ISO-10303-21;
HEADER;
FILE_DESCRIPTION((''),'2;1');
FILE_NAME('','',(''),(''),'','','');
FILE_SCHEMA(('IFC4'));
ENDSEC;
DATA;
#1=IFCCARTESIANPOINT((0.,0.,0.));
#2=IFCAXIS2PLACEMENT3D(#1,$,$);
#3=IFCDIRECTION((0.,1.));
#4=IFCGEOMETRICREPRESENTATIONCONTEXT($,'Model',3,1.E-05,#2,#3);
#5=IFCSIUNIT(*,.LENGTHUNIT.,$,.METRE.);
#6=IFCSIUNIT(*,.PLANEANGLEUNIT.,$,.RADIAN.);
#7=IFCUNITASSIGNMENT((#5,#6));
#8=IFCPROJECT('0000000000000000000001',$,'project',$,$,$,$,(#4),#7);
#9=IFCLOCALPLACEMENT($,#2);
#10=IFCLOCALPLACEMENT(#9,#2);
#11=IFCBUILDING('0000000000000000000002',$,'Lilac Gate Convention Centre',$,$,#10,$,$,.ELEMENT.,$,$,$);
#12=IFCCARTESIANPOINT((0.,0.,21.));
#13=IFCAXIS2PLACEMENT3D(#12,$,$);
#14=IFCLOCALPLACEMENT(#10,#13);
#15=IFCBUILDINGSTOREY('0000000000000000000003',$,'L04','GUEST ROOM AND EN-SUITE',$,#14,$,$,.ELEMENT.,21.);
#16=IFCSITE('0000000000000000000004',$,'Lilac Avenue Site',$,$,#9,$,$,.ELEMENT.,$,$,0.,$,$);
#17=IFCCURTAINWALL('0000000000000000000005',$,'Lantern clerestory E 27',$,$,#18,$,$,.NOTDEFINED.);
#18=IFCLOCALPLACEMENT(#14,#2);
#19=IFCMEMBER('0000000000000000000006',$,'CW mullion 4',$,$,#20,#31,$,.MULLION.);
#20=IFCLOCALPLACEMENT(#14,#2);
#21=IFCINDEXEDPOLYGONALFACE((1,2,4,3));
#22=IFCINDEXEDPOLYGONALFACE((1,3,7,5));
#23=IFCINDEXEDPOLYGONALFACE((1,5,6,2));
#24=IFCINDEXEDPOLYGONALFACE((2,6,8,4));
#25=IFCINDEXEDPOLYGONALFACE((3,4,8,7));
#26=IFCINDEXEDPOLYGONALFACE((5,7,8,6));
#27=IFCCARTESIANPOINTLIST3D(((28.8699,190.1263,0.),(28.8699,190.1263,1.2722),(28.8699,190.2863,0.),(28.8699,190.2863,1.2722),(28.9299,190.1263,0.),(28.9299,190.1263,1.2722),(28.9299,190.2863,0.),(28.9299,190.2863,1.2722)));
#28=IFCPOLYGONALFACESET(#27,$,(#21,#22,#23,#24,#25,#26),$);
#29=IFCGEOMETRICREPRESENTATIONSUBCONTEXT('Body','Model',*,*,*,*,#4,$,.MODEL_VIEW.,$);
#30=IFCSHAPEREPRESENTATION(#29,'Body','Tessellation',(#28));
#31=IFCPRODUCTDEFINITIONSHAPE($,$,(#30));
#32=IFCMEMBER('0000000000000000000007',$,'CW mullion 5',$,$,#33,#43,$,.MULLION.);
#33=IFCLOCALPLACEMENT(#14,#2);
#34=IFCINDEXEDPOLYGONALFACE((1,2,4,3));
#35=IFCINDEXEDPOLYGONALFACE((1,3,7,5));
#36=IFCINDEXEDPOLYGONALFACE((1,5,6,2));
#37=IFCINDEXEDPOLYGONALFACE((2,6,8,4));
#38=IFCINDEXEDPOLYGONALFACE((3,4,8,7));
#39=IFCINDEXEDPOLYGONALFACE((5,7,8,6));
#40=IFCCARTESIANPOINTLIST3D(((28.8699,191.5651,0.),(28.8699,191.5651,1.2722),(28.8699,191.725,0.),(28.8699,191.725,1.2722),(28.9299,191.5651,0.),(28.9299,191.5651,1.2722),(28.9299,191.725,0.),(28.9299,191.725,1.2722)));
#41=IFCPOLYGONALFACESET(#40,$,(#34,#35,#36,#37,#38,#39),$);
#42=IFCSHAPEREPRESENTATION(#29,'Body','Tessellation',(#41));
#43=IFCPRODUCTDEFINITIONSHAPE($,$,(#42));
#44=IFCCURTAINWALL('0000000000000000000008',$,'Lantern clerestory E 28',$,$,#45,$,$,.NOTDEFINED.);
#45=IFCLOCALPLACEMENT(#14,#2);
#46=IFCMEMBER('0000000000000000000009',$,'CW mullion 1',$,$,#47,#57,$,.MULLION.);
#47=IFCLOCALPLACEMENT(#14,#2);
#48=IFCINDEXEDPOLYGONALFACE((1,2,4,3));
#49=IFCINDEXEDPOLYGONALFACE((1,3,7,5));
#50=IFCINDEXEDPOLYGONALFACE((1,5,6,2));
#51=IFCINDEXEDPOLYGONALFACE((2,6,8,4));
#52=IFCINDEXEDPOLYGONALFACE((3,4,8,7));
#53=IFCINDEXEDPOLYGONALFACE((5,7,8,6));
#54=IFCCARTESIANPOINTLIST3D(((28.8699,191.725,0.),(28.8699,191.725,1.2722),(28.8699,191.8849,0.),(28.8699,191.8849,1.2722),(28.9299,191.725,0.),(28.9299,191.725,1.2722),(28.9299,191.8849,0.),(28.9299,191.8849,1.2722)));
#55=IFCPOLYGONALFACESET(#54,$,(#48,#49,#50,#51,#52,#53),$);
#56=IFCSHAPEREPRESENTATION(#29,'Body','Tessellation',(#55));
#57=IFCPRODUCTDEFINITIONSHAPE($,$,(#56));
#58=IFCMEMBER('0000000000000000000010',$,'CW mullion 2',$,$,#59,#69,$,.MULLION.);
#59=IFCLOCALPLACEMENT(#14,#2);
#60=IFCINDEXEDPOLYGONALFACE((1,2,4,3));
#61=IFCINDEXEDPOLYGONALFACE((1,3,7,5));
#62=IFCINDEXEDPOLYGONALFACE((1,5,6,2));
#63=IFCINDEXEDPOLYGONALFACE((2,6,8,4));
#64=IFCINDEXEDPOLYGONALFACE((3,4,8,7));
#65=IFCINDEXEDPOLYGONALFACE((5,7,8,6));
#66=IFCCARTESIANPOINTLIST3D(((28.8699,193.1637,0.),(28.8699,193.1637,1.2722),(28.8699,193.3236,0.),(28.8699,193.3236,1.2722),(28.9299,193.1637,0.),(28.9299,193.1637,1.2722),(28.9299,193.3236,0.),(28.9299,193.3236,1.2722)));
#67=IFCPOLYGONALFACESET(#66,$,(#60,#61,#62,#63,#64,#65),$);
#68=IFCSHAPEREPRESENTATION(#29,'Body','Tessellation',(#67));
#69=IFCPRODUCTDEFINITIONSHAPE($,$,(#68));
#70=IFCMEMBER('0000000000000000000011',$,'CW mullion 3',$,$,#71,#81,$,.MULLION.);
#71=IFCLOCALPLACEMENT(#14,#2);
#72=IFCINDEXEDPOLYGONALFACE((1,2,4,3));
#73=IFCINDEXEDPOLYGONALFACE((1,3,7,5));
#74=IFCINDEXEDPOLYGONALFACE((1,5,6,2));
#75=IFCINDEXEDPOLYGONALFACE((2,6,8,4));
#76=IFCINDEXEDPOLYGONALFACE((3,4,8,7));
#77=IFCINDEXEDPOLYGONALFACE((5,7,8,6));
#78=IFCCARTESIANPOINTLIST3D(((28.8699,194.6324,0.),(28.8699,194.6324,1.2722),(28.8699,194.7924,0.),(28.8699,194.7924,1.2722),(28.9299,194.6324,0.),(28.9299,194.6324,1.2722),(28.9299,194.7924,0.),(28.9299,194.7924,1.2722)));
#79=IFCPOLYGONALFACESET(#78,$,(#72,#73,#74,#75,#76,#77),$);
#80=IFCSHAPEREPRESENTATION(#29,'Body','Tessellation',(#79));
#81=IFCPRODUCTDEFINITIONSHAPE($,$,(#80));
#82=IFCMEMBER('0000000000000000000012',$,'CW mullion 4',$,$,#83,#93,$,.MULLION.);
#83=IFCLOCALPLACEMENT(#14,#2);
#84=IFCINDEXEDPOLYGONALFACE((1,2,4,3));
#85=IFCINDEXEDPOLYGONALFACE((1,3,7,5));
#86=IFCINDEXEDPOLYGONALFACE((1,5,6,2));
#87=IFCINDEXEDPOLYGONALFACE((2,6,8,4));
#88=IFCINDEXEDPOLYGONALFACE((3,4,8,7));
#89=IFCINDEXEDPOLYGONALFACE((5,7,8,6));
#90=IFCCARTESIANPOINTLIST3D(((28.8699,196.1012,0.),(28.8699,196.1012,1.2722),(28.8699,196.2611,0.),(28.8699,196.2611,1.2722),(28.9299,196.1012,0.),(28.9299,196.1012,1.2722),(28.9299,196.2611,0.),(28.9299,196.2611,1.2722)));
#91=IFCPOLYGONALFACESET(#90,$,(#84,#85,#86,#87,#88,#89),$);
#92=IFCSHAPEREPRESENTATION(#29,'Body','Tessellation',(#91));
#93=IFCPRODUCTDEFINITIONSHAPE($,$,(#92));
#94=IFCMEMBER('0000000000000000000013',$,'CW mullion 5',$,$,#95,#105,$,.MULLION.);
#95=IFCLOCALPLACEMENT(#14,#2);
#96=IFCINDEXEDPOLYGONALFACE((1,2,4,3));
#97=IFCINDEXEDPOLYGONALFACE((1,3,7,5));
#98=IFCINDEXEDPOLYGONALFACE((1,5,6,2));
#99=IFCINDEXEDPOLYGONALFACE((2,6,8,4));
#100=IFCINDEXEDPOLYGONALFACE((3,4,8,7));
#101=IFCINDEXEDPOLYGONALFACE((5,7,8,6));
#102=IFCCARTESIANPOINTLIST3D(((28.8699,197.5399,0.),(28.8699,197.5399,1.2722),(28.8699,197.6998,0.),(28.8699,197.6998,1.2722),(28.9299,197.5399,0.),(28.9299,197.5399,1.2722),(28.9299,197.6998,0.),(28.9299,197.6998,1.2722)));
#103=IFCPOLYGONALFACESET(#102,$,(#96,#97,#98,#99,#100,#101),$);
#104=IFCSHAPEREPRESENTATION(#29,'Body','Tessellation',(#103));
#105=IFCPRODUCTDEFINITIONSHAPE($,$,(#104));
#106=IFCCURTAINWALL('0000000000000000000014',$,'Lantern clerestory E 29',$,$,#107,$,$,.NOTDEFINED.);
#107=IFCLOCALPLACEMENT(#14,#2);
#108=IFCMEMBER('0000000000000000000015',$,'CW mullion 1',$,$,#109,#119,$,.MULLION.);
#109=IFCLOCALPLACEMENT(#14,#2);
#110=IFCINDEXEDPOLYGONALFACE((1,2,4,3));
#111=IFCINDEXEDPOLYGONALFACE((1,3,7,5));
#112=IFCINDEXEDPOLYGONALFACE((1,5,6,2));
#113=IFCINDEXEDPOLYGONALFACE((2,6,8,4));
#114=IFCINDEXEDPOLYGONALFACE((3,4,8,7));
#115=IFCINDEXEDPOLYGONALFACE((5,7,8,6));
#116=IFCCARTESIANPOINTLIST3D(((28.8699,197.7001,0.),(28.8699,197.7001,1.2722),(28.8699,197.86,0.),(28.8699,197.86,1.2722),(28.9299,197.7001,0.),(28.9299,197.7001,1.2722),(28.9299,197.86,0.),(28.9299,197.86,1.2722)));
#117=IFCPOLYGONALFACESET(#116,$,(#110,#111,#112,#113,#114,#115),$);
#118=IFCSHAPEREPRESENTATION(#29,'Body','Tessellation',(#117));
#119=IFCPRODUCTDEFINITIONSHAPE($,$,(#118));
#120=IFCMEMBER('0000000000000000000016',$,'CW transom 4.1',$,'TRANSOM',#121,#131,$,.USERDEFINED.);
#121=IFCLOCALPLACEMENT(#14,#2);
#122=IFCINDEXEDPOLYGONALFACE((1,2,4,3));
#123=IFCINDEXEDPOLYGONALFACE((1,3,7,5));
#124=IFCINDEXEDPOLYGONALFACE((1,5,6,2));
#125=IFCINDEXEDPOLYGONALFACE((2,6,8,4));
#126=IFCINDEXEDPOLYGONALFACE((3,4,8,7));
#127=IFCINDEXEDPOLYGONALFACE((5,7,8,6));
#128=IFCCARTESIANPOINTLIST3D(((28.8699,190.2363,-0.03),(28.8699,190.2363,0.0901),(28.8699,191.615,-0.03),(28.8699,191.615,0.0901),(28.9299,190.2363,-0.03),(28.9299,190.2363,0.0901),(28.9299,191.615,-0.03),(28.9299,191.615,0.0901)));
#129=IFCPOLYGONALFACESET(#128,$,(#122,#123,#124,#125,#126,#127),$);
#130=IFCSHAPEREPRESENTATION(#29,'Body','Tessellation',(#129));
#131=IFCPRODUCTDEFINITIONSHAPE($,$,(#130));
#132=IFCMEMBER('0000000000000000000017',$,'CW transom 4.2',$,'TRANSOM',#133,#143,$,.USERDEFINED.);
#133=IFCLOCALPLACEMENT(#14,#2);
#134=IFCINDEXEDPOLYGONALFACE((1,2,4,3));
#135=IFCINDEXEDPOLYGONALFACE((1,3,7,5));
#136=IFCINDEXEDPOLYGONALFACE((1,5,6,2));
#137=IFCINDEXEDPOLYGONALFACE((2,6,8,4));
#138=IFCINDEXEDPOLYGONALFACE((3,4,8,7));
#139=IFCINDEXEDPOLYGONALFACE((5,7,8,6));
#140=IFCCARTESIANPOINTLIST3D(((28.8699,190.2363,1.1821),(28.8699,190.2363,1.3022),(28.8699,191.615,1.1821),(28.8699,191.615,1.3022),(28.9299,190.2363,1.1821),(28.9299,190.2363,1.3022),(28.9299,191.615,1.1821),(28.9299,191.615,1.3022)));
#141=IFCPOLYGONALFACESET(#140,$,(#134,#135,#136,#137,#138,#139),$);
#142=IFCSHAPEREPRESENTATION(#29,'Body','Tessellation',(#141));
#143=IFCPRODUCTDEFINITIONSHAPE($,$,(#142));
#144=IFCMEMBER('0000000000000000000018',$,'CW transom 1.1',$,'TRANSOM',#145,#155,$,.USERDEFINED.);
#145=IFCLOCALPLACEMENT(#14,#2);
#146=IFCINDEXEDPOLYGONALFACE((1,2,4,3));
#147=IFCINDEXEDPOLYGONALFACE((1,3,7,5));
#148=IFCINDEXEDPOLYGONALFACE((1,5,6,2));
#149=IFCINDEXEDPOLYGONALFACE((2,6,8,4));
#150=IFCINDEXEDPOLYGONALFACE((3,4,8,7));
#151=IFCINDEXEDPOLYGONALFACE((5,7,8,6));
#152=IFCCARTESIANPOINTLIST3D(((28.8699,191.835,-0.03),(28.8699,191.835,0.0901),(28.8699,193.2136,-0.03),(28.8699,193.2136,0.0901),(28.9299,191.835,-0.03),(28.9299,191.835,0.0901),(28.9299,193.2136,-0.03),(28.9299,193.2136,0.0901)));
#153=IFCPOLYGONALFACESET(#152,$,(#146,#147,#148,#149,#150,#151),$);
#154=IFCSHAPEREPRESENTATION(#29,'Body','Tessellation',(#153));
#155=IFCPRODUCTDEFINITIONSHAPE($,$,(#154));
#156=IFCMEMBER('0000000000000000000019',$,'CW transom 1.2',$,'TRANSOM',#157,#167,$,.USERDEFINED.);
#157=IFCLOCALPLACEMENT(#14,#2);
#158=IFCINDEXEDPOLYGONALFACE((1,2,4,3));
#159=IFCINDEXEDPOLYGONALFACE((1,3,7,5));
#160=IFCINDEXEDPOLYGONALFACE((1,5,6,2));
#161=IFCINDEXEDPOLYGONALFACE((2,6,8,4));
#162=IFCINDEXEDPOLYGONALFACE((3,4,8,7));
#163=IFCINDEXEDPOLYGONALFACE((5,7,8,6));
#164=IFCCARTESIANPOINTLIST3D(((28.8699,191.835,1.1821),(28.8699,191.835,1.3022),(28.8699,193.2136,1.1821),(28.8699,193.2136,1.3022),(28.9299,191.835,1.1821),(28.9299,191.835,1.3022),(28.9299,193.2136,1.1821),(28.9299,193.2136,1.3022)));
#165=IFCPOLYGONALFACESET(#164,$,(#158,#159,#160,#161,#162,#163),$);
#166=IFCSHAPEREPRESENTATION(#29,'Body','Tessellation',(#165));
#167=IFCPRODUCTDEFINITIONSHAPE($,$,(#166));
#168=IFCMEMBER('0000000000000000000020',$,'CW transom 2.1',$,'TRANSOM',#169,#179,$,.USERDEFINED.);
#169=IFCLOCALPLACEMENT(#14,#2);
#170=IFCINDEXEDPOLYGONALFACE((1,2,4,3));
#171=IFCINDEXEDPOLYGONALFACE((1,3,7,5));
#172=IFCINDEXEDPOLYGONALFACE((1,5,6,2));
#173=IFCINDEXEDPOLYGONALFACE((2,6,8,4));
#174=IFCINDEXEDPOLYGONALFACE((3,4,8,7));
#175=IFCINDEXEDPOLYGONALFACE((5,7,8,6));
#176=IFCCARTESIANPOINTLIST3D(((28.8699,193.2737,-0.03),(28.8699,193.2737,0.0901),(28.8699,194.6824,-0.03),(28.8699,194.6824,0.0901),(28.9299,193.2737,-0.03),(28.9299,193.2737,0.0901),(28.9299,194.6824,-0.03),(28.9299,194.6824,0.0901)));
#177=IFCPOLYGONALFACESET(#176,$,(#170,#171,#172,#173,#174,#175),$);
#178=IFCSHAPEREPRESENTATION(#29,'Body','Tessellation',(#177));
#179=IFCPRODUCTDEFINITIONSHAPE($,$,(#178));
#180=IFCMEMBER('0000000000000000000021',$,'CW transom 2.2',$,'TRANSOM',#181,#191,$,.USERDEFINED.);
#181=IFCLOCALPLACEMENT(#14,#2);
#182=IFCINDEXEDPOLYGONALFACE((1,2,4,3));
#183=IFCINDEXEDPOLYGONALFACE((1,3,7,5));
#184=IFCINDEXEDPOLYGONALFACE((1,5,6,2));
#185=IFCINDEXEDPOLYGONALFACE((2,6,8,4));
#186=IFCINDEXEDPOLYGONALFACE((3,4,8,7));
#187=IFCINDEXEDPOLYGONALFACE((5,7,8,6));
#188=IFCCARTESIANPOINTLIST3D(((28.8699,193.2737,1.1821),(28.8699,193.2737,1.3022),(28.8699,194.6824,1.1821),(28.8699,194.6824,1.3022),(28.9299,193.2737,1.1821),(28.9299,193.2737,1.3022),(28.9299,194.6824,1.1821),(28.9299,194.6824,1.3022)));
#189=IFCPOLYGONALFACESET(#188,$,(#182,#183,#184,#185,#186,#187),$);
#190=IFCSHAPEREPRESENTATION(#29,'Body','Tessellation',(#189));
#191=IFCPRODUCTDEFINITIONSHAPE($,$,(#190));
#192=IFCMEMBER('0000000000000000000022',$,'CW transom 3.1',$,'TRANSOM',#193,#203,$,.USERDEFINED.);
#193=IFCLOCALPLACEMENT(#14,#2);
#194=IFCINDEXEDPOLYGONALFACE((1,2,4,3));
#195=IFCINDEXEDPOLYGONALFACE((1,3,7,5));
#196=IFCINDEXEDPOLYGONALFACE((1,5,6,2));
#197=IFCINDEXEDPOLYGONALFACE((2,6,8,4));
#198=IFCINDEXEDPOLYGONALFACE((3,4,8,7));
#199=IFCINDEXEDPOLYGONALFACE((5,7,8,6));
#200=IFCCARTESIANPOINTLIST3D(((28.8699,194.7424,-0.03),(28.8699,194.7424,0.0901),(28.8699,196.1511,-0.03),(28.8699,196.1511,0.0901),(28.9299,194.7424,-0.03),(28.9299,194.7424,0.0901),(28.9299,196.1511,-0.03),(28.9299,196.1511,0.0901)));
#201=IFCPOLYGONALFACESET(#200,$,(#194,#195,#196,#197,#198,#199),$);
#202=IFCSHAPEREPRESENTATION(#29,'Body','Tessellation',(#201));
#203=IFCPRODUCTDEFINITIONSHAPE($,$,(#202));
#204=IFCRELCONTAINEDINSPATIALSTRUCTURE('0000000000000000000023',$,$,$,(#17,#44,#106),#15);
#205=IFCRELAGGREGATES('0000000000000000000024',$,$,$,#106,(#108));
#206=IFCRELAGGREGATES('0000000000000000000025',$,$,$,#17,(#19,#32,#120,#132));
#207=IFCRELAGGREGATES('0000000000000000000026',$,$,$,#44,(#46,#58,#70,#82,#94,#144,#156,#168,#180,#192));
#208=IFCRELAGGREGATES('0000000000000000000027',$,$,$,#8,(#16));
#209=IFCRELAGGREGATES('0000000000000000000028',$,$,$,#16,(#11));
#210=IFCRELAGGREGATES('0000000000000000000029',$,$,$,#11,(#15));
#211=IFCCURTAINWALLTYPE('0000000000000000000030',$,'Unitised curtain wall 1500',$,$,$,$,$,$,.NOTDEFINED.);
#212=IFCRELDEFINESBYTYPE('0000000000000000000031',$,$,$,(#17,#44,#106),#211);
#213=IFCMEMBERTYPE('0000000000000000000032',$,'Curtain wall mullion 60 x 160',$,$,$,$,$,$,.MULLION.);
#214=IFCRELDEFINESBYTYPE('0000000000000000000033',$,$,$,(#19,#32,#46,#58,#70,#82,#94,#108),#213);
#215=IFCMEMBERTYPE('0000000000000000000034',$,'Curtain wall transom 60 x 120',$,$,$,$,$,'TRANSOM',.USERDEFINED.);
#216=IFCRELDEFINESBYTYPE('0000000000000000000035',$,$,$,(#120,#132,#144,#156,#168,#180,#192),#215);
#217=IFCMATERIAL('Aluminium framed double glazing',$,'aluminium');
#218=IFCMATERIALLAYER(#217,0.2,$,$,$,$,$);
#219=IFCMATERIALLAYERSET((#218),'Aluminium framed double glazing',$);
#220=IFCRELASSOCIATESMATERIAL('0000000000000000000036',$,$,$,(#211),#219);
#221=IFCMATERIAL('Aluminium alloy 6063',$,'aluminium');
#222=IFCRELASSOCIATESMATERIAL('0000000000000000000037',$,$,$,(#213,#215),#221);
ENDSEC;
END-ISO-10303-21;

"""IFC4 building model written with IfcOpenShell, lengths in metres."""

from ifc_helpers import new_model, si_unit, direction, frame, origin, origin_2d, place, context, subcontext, project, spatial, rectangle, extrude, material, layer, layer_set, material_profile, profile_set, type_object, element, aggregate, save


model = new_model("IFC4")

# Units and contexts
model_context = context("Model", 3, precision=1e-05, world=origin(), true_north=direction((0.0, 1.0)))
body_context = subcontext(model_context, "Body", "Model", "MODEL_VIEW")
ifc_project = project(units=[si_unit("LENGTHUNIT", "METRE"), si_unit("PLANEANGLEUNIT", "RADIAN")], contexts=[model_context])

# Site, building, storey
site_placement = place(None, origin())
site = spatial("IfcSite", under=ifc_project, at=site_placement, Name="Lilac Avenue Site", CompositionType="ELEMENT", RefElevation=0.0)
building_placement = place(site_placement, origin())
building = spatial("IfcBuilding", under=site, at=building_placement, Name="Lilac Gate Convention Centre", CompositionType="ELEMENT")
storey_placement = place(building_placement, frame((0.0, 0.0, 21.0)))
storey = spatial("IfcBuildingStorey", under=building, at=storey_placement, Name="L04", Description="GUEST ROOM AND EN-SUITE", CompositionType="ELEMENT", Elevation=21.0)

# Curtain walls, members
ifc_material_1 = material(Name="Aluminium framed double glazing", Category="aluminium")
ifc_layer_1 = layer(ifc_material_1, 0.2)
ifc_layer_set_1 = layer_set([ifc_layer_1], Name="Aluminium framed double glazing")
curtain_wall_type = type_object("IfcCurtainWallType", Name="Unitised curtain wall 1500", PredefinedType="NOTDEFINED", material=ifc_layer_set_1)
curtain_wall_1_placement = place(storey_placement, origin())
curtain_wall_1 = element("IfcCurtainWall", 1, at=curtain_wall_1_placement, inside=storey, type_object=curtain_wall_type, Name="Lantern clerestory E 27", PredefinedType="NOTDEFINED")
ifc_material_2 = material(Name="Aluminium alloy 6063", Category="aluminium")
ifc_material_profile_1 = material_profile(ifc_material_2, rectangle(XDim=0.0601, YDim=0.1599, at=origin_2d()), Name="Curtain wall mullion 60 x 160")
ifc_profile_set_1 = profile_set([ifc_material_profile_1], Name="Aluminium alloy 6063")
member_type_1 = type_object("IfcMemberType", Name="Curtain wall mullion 60 x 160", PredefinedType="MULLION", material=ifc_profile_set_1)
member_1_placement = place(storey_placement, frame((28.8999, 190.2063, 0.0), z_axis=(0.0, 0.0, 1.0), x_axis=(-1.0, 0.0, 0.0)))
member_1 = element("IfcMember", 2, at=member_1_placement, type_object=member_type_1, Name="CW mullion 4", PredefinedType="MULLION", context=body_context, shape_type="SweptSolid", body=[
    extrude(rectangle(XDim=0.0601, YDim=0.1599, at=origin_2d()), origin(), (0.0, 0.0, 1.0), 1.2722),
])
member_2_placement = place(storey_placement, frame((28.8999, 191.645, 0.0), z_axis=(0.0, 0.0, 1.0), x_axis=(-1.0, 0.0, 0.0)))
member_2 = element("IfcMember", 3, at=member_2_placement, type_object=member_type_1, Name="CW mullion 5", PredefinedType="MULLION", context=body_context, shape_type="SweptSolid", body=[
    extrude(rectangle(XDim=0.0601, YDim=0.1599, at=origin_2d()), origin(), (0.0, 0.0, 1.0), 1.2722),
])
curtain_wall_2_placement = place(storey_placement, origin())
curtain_wall_2 = element("IfcCurtainWall", 4, at=curtain_wall_2_placement, inside=storey, type_object=curtain_wall_type, Name="Lantern clerestory E 28", PredefinedType="NOTDEFINED")
member_3_placement = place(storey_placement, frame((28.8999, 191.8049, 0.0), z_axis=(0.0, 0.0, 1.0), x_axis=(-1.0, 0.0, 0.0)))
member_3 = element("IfcMember", 5, at=member_3_placement, type_object=member_type_1, Name="CW mullion 1", PredefinedType="MULLION", context=body_context, shape_type="SweptSolid", body=[
    extrude(rectangle(XDim=0.0601, YDim=0.1599, at=origin_2d()), origin(), (0.0, 0.0, 1.0), 1.2722),
])
member_4_placement = place(storey_placement, frame((28.8999, 193.2437, 0.0), z_axis=(0.0, 0.0, 1.0), x_axis=(-1.0, 0.0, 0.0)))
member_4 = element("IfcMember", 6, at=member_4_placement, type_object=member_type_1, Name="CW mullion 2", PredefinedType="MULLION", context=body_context, shape_type="SweptSolid", body=[
    extrude(rectangle(XDim=0.0601, YDim=0.1599, at=origin_2d()), origin(), (0.0, 0.0, 1.0), 1.2722),
])
member_5_placement = place(storey_placement, frame((28.8999, 194.7124, 0.0), z_axis=(0.0, 0.0, 1.0), x_axis=(-1.0, 0.0, 0.0)))
member_5 = element("IfcMember", 7, at=member_5_placement, type_object=member_type_1, Name="CW mullion 3", PredefinedType="MULLION", context=body_context, shape_type="SweptSolid", body=[
    extrude(rectangle(XDim=0.0601, YDim=0.1599, at=origin_2d()), origin(), (0.0, 0.0, 1.0), 1.2722),
])
member_6_placement = place(storey_placement, frame((28.8999, 196.1812, 0.0), z_axis=(0.0, 0.0, 1.0), x_axis=(-1.0, 0.0, 0.0)))
member_6 = element("IfcMember", 8, at=member_6_placement, type_object=member_type_1, Name="CW mullion 4", PredefinedType="MULLION", context=body_context, shape_type="SweptSolid", body=[
    extrude(rectangle(XDim=0.0601, YDim=0.1599, at=origin_2d()), origin(), (0.0, 0.0, 1.0), 1.2722),
])
member_7_placement = place(storey_placement, frame((28.8999, 197.6199, 0.0), z_axis=(0.0, 0.0, 1.0), x_axis=(-1.0, 0.0, 0.0)))
member_7 = element("IfcMember", 9, at=member_7_placement, type_object=member_type_1, Name="CW mullion 5", PredefinedType="MULLION", context=body_context, shape_type="SweptSolid", body=[
    extrude(rectangle(XDim=0.0601, YDim=0.1599, at=origin_2d()), origin(), (0.0, 0.0, 1.0), 1.2722),
])

# Curtain wall, member
curtain_wall_3_placement = place(storey_placement, origin())
curtain_wall_3 = element("IfcCurtainWall", 10, at=curtain_wall_3_placement, inside=storey, type_object=curtain_wall_type, Name="Lantern clerestory E 29", PredefinedType="NOTDEFINED")
member_8_placement = place(storey_placement, frame((28.8999, 197.78, 0.0), z_axis=(0.0, 0.0, 1.0), x_axis=(-1.0, 0.0, 0.0)))
member_8 = element("IfcMember", 11, at=member_8_placement, type_object=member_type_1, Name="CW mullion 1", PredefinedType="MULLION", context=body_context, shape_type="SweptSolid", body=[
    extrude(rectangle(XDim=0.0601, YDim=0.1599, at=origin_2d()), origin(), (0.0, 0.0, 1.0), 1.2722),
])

# Members
ifc_material_profile_2 = material_profile(ifc_material_2, rectangle(XDim=0.0601, YDim=0.1201, at=origin_2d()), Name="Curtain wall transom 60 x 120")
ifc_profile_set_2 = profile_set([ifc_material_profile_2], Name="Aluminium alloy 6063")
member_type_2 = type_object("IfcMemberType", Name="Curtain wall transom 60 x 120", ElementType="TRANSOM", PredefinedType="USERDEFINED", material=ifc_profile_set_2)
member_9_placement = place(storey_placement, frame((28.8999, 190.2363, 0.03), z_axis=(0.0, 1.0, 0.0), x_axis=(-1.0, 0.0, 0.0)))
member_9 = element("IfcMember", 12, at=member_9_placement, type_object=member_type_2, Name="CW transom 4.1", ObjectType="TRANSOM", PredefinedType="USERDEFINED", context=body_context, shape_type="SweptSolid", body=[
    extrude(rectangle(XDim=0.0601, YDim=0.1201, at=origin_2d()), origin(), (0.0, 0.0, 1.0), 1.3787),
])
member_10_placement = place(storey_placement, frame((28.8999, 190.2363, 1.2422), z_axis=(0.0, 1.0, 0.0), x_axis=(-1.0, 0.0, 0.0)))
member_10 = element("IfcMember", 13, at=member_10_placement, type_object=member_type_2, Name="CW transom 4.2", ObjectType="TRANSOM", PredefinedType="USERDEFINED", context=body_context, shape_type="SweptSolid", body=[
    extrude(rectangle(XDim=0.0601, YDim=0.1201, at=origin_2d()), origin(), (0.0, 0.0, 1.0), 1.3787),
])
member_11_placement = place(storey_placement, frame((28.8999, 191.835, 0.03), z_axis=(0.0, 1.0, 0.0), x_axis=(-1.0, 0.0, 0.0)))
member_11 = element("IfcMember", 14, at=member_11_placement, type_object=member_type_2, Name="CW transom 1.1", ObjectType="TRANSOM", PredefinedType="USERDEFINED", context=body_context, shape_type="SweptSolid", body=[
    extrude(rectangle(XDim=0.0601, YDim=0.1201, at=origin_2d()), origin(), (0.0, 0.0, 1.0), 1.3787),
])
member_12_placement = place(storey_placement, frame((28.8999, 191.835, 1.2422), z_axis=(0.0, 1.0, 0.0), x_axis=(-1.0, 0.0, 0.0)))
member_12 = element("IfcMember", 15, at=member_12_placement, type_object=member_type_2, Name="CW transom 1.2", ObjectType="TRANSOM", PredefinedType="USERDEFINED", context=body_context, shape_type="SweptSolid", body=[
    extrude(rectangle(XDim=0.0601, YDim=0.1201, at=origin_2d()), origin(), (0.0, 0.0, 1.0), 1.3787),
])
member_13_placement = place(storey_placement, frame((28.8999, 193.2737, 0.03), z_axis=(0.0, 1.0, 0.0), x_axis=(-1.0, 0.0, 0.0)))
member_13 = element("IfcMember", 16, at=member_13_placement, type_object=member_type_2, Name="CW transom 2.1", ObjectType="TRANSOM", PredefinedType="USERDEFINED", context=body_context, shape_type="SweptSolid", body=[
    extrude(rectangle(XDim=0.0601, YDim=0.1201, at=origin_2d()), origin(), (0.0, 0.0, 1.0), 1.4087),
])
member_14_placement = place(storey_placement, frame((28.8999, 193.2737, 1.2422), z_axis=(0.0, 1.0, 0.0), x_axis=(-1.0, 0.0, 0.0)))
member_14 = element("IfcMember", 17, at=member_14_placement, type_object=member_type_2, Name="CW transom 2.2", ObjectType="TRANSOM", PredefinedType="USERDEFINED", context=body_context, shape_type="SweptSolid", body=[
    extrude(rectangle(XDim=0.0601, YDim=0.1201, at=origin_2d()), origin(), (0.0, 0.0, 1.0), 1.4087),
])
member_15_placement = place(storey_placement, frame((28.8999, 194.7424, 0.03), z_axis=(0.0, 1.0, 0.0), x_axis=(-1.0, 0.0, 0.0)))
member_15 = element("IfcMember", 18, at=member_15_placement, type_object=member_type_2, Name="CW transom 3.1", ObjectType="TRANSOM", PredefinedType="USERDEFINED", context=body_context, shape_type="SweptSolid", body=[
    extrude(rectangle(XDim=0.0601, YDim=0.1201, at=origin_2d()), origin(), (0.0, 0.0, 1.0), 1.4087),
])
aggregate(curtain_wall_3, [member_8])

aggregate(curtain_wall_1, [member_1, member_2, member_9, member_10])
aggregate(curtain_wall_2, [member_3, member_4, member_5, member_6, member_7, member_11, member_12, member_13, member_14, member_15])

save(model, "model.ifc")
